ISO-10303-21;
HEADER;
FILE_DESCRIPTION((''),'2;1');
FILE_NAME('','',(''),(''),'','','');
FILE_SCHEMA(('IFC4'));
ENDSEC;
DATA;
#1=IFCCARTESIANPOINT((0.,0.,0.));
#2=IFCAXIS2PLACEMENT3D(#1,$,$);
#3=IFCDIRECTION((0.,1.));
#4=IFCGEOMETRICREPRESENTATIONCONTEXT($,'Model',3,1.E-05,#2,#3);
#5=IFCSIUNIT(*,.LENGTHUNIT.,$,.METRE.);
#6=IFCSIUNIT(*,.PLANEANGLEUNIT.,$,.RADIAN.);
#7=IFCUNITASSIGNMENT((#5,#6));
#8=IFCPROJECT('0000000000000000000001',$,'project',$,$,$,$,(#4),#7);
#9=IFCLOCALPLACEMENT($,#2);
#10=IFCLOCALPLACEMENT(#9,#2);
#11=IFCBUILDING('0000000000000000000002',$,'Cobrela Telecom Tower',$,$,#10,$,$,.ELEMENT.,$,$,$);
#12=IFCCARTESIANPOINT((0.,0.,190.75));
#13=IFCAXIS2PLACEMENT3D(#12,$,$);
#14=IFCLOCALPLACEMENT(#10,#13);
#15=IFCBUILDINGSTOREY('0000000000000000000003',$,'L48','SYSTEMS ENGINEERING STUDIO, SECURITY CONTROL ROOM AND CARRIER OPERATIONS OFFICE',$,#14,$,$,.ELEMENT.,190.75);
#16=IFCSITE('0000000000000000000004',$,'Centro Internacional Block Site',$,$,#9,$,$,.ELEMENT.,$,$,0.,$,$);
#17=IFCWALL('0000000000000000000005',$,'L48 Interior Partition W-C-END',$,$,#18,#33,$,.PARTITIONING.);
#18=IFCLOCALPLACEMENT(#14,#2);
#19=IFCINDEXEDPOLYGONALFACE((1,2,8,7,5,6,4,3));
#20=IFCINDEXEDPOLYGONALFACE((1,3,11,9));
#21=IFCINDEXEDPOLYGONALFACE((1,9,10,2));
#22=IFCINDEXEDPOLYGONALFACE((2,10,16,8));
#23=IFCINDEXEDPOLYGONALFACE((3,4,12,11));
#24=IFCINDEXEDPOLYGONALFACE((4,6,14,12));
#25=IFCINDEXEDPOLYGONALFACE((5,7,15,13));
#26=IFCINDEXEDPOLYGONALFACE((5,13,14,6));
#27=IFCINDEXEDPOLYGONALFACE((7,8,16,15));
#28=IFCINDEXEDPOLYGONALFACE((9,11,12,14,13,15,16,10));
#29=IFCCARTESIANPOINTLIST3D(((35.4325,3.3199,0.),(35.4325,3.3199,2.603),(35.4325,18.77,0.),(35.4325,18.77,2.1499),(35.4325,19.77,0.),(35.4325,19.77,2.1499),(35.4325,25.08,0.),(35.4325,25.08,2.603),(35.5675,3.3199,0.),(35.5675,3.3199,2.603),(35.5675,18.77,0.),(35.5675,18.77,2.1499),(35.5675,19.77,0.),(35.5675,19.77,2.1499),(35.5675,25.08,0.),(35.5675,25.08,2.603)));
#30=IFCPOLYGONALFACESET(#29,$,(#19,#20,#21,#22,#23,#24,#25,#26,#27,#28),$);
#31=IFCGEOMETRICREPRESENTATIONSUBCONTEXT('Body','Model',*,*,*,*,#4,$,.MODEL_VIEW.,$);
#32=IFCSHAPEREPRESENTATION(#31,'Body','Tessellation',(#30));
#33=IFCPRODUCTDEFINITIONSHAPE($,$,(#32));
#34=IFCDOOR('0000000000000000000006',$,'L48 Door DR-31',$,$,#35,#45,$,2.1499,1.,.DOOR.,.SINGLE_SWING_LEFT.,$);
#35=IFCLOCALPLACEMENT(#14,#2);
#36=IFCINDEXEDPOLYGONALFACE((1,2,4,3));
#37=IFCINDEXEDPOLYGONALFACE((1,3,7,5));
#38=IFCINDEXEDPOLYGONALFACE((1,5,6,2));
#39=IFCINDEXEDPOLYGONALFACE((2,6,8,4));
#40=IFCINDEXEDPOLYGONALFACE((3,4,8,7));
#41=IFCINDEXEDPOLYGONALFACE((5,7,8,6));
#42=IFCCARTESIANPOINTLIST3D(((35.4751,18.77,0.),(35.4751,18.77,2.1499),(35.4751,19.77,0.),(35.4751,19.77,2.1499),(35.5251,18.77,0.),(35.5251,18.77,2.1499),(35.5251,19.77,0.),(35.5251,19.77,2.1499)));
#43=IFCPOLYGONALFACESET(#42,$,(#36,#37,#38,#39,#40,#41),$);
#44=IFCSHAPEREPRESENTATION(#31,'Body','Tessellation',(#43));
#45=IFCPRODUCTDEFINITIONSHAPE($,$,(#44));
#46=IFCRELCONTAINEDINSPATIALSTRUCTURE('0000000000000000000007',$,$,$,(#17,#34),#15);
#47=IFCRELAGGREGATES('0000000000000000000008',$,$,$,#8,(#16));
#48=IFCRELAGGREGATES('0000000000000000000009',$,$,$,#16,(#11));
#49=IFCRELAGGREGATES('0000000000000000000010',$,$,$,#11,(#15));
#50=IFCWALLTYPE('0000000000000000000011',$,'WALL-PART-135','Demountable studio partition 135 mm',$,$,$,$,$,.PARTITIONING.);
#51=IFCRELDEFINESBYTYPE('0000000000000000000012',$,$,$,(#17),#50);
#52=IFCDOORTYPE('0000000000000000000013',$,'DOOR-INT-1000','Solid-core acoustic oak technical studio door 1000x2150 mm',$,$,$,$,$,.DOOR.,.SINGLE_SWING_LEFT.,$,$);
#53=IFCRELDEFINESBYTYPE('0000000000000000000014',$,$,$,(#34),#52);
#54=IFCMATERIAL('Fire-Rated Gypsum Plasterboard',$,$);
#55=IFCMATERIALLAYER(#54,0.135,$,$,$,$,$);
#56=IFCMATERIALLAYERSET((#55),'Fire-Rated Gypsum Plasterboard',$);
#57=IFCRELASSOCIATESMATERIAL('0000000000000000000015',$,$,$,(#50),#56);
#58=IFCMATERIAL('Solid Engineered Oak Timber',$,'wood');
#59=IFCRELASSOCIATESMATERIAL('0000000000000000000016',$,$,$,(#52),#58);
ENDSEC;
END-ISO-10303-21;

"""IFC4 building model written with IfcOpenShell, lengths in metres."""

from ifc_helpers import new_model, si_unit, direction, frame, frame_2d, origin, place, context, subcontext, project, spatial, rectangle, extrude, material, layer, layer_set, type_object, element, fill, save


model = new_model("IFC4")

# Units and contexts
model_context = context("Model", 3, precision=1e-05, world=origin(), true_north=direction((0.0, 1.0)))
body_context = subcontext(model_context, "Body", "Model", "MODEL_VIEW")
ifc_project = project(units=[si_unit("LENGTHUNIT", "METRE"), si_unit("PLANEANGLEUNIT", "RADIAN")], contexts=[model_context])

# Site, building, storey
site_placement = place(None, origin())
site = spatial("IfcSite", under=ifc_project, at=site_placement, Name="Centro Internacional Block Site", CompositionType="ELEMENT", RefElevation=0.0)
building_placement = place(site_placement, origin())
building = spatial("IfcBuilding", under=site, at=building_placement, Name="Cobrela Telecom Tower", CompositionType="ELEMENT")
storey_placement = place(building_placement, frame((0.0, 0.0, 190.75)))
storey = spatial("IfcBuildingStorey", under=building, at=storey_placement, Name="L48", Description="SYSTEMS ENGINEERING STUDIO, SECURITY CONTROL ROOM AND CARRIER OPERATIONS OFFICE", CompositionType="ELEMENT", Elevation=190.75)

# Wall, opening, door
ifc_material_1 = material(Name="Fire-Rated Gypsum Plasterboard")
ifc_layer_1 = layer(ifc_material_1, 0.135)
ifc_layer_set_1 = layer_set([ifc_layer_1], Name="Fire-Rated Gypsum Plasterboard")
wall_type_1 = type_object("IfcWallType", Name="WALL-PART-135", Description="Demountable studio partition 135 mm", PredefinedType="PARTITIONING", material=ifc_layer_set_1)
wall_1_placement = place(storey_placement, frame((35.5, 3.3201, 0.0), z_axis=(0.0, 0.0, 1.0), x_axis=(0.0, 1.0, 0.0)))
wall_1 = element("IfcWall", 1, at=wall_1_placement, inside=storey, type_object=wall_type_1, Name="L48 Interior Partition W-C-END", PredefinedType="PARTITIONING", context=body_context, shape_type="SweptSolid", body=[
    extrude(rectangle(XDim=21.76, YDim=0.135, at=frame_2d((10.8799, 0.0))), origin(), (0.0, 0.0, 1.0), 2.603),
])
opening_1_placement = place(wall_1_placement, frame((15.45, 0.0, 0.0)))
opening_1 = element("IfcOpeningElement", 2, at=opening_1_placement, cuts=wall_1, PredefinedType="OPENING", context=body_context, shape_type="SweptSolid", body=[
    extrude(rectangle(XDim=1.0, YDim=2.1499, at=frame_2d((0.5, 1.075))), frame((0.0, 0.0796, 0.0), z_axis=(0.0, -1.0, 0.0), x_axis=(1.0, 0.0, 0.0)), (0.0, 0.0, 1.0), 0.1589),
])
ifc_material_2 = material(Name="Solid Engineered Oak Timber", Category="wood")
door_type = type_object("IfcDoorType", Name="DOOR-INT-1000", Description="Solid-core acoustic oak technical studio door 1000x2150 mm", OperationType="SINGLE_SWING_LEFT", PredefinedType="DOOR", material=ifc_material_2)
door_placement = place(opening_1_placement, origin())
door = element("IfcDoor", 3, at=door_placement, inside=storey, type_object=door_type, Name="L48 Door DR-31", OperationType="SINGLE_SWING_LEFT", OverallHeight=2.1499, OverallWidth=1.0, PredefinedType="DOOR", context=body_context, shape_type="SweptSolid", body=[
    extrude(rectangle(XDim=1.0, YDim=2.1499, at=frame_2d((0.5, 1.075))), frame((0.0, 0.0249, 0.0), z_axis=(0.0, -1.0, 0.0), x_axis=(1.0, 0.0, 0.0)), (0.0, 0.0, 1.0), 0.05),
])
fill(opening_1, door)

save(model, "model.ifc")
